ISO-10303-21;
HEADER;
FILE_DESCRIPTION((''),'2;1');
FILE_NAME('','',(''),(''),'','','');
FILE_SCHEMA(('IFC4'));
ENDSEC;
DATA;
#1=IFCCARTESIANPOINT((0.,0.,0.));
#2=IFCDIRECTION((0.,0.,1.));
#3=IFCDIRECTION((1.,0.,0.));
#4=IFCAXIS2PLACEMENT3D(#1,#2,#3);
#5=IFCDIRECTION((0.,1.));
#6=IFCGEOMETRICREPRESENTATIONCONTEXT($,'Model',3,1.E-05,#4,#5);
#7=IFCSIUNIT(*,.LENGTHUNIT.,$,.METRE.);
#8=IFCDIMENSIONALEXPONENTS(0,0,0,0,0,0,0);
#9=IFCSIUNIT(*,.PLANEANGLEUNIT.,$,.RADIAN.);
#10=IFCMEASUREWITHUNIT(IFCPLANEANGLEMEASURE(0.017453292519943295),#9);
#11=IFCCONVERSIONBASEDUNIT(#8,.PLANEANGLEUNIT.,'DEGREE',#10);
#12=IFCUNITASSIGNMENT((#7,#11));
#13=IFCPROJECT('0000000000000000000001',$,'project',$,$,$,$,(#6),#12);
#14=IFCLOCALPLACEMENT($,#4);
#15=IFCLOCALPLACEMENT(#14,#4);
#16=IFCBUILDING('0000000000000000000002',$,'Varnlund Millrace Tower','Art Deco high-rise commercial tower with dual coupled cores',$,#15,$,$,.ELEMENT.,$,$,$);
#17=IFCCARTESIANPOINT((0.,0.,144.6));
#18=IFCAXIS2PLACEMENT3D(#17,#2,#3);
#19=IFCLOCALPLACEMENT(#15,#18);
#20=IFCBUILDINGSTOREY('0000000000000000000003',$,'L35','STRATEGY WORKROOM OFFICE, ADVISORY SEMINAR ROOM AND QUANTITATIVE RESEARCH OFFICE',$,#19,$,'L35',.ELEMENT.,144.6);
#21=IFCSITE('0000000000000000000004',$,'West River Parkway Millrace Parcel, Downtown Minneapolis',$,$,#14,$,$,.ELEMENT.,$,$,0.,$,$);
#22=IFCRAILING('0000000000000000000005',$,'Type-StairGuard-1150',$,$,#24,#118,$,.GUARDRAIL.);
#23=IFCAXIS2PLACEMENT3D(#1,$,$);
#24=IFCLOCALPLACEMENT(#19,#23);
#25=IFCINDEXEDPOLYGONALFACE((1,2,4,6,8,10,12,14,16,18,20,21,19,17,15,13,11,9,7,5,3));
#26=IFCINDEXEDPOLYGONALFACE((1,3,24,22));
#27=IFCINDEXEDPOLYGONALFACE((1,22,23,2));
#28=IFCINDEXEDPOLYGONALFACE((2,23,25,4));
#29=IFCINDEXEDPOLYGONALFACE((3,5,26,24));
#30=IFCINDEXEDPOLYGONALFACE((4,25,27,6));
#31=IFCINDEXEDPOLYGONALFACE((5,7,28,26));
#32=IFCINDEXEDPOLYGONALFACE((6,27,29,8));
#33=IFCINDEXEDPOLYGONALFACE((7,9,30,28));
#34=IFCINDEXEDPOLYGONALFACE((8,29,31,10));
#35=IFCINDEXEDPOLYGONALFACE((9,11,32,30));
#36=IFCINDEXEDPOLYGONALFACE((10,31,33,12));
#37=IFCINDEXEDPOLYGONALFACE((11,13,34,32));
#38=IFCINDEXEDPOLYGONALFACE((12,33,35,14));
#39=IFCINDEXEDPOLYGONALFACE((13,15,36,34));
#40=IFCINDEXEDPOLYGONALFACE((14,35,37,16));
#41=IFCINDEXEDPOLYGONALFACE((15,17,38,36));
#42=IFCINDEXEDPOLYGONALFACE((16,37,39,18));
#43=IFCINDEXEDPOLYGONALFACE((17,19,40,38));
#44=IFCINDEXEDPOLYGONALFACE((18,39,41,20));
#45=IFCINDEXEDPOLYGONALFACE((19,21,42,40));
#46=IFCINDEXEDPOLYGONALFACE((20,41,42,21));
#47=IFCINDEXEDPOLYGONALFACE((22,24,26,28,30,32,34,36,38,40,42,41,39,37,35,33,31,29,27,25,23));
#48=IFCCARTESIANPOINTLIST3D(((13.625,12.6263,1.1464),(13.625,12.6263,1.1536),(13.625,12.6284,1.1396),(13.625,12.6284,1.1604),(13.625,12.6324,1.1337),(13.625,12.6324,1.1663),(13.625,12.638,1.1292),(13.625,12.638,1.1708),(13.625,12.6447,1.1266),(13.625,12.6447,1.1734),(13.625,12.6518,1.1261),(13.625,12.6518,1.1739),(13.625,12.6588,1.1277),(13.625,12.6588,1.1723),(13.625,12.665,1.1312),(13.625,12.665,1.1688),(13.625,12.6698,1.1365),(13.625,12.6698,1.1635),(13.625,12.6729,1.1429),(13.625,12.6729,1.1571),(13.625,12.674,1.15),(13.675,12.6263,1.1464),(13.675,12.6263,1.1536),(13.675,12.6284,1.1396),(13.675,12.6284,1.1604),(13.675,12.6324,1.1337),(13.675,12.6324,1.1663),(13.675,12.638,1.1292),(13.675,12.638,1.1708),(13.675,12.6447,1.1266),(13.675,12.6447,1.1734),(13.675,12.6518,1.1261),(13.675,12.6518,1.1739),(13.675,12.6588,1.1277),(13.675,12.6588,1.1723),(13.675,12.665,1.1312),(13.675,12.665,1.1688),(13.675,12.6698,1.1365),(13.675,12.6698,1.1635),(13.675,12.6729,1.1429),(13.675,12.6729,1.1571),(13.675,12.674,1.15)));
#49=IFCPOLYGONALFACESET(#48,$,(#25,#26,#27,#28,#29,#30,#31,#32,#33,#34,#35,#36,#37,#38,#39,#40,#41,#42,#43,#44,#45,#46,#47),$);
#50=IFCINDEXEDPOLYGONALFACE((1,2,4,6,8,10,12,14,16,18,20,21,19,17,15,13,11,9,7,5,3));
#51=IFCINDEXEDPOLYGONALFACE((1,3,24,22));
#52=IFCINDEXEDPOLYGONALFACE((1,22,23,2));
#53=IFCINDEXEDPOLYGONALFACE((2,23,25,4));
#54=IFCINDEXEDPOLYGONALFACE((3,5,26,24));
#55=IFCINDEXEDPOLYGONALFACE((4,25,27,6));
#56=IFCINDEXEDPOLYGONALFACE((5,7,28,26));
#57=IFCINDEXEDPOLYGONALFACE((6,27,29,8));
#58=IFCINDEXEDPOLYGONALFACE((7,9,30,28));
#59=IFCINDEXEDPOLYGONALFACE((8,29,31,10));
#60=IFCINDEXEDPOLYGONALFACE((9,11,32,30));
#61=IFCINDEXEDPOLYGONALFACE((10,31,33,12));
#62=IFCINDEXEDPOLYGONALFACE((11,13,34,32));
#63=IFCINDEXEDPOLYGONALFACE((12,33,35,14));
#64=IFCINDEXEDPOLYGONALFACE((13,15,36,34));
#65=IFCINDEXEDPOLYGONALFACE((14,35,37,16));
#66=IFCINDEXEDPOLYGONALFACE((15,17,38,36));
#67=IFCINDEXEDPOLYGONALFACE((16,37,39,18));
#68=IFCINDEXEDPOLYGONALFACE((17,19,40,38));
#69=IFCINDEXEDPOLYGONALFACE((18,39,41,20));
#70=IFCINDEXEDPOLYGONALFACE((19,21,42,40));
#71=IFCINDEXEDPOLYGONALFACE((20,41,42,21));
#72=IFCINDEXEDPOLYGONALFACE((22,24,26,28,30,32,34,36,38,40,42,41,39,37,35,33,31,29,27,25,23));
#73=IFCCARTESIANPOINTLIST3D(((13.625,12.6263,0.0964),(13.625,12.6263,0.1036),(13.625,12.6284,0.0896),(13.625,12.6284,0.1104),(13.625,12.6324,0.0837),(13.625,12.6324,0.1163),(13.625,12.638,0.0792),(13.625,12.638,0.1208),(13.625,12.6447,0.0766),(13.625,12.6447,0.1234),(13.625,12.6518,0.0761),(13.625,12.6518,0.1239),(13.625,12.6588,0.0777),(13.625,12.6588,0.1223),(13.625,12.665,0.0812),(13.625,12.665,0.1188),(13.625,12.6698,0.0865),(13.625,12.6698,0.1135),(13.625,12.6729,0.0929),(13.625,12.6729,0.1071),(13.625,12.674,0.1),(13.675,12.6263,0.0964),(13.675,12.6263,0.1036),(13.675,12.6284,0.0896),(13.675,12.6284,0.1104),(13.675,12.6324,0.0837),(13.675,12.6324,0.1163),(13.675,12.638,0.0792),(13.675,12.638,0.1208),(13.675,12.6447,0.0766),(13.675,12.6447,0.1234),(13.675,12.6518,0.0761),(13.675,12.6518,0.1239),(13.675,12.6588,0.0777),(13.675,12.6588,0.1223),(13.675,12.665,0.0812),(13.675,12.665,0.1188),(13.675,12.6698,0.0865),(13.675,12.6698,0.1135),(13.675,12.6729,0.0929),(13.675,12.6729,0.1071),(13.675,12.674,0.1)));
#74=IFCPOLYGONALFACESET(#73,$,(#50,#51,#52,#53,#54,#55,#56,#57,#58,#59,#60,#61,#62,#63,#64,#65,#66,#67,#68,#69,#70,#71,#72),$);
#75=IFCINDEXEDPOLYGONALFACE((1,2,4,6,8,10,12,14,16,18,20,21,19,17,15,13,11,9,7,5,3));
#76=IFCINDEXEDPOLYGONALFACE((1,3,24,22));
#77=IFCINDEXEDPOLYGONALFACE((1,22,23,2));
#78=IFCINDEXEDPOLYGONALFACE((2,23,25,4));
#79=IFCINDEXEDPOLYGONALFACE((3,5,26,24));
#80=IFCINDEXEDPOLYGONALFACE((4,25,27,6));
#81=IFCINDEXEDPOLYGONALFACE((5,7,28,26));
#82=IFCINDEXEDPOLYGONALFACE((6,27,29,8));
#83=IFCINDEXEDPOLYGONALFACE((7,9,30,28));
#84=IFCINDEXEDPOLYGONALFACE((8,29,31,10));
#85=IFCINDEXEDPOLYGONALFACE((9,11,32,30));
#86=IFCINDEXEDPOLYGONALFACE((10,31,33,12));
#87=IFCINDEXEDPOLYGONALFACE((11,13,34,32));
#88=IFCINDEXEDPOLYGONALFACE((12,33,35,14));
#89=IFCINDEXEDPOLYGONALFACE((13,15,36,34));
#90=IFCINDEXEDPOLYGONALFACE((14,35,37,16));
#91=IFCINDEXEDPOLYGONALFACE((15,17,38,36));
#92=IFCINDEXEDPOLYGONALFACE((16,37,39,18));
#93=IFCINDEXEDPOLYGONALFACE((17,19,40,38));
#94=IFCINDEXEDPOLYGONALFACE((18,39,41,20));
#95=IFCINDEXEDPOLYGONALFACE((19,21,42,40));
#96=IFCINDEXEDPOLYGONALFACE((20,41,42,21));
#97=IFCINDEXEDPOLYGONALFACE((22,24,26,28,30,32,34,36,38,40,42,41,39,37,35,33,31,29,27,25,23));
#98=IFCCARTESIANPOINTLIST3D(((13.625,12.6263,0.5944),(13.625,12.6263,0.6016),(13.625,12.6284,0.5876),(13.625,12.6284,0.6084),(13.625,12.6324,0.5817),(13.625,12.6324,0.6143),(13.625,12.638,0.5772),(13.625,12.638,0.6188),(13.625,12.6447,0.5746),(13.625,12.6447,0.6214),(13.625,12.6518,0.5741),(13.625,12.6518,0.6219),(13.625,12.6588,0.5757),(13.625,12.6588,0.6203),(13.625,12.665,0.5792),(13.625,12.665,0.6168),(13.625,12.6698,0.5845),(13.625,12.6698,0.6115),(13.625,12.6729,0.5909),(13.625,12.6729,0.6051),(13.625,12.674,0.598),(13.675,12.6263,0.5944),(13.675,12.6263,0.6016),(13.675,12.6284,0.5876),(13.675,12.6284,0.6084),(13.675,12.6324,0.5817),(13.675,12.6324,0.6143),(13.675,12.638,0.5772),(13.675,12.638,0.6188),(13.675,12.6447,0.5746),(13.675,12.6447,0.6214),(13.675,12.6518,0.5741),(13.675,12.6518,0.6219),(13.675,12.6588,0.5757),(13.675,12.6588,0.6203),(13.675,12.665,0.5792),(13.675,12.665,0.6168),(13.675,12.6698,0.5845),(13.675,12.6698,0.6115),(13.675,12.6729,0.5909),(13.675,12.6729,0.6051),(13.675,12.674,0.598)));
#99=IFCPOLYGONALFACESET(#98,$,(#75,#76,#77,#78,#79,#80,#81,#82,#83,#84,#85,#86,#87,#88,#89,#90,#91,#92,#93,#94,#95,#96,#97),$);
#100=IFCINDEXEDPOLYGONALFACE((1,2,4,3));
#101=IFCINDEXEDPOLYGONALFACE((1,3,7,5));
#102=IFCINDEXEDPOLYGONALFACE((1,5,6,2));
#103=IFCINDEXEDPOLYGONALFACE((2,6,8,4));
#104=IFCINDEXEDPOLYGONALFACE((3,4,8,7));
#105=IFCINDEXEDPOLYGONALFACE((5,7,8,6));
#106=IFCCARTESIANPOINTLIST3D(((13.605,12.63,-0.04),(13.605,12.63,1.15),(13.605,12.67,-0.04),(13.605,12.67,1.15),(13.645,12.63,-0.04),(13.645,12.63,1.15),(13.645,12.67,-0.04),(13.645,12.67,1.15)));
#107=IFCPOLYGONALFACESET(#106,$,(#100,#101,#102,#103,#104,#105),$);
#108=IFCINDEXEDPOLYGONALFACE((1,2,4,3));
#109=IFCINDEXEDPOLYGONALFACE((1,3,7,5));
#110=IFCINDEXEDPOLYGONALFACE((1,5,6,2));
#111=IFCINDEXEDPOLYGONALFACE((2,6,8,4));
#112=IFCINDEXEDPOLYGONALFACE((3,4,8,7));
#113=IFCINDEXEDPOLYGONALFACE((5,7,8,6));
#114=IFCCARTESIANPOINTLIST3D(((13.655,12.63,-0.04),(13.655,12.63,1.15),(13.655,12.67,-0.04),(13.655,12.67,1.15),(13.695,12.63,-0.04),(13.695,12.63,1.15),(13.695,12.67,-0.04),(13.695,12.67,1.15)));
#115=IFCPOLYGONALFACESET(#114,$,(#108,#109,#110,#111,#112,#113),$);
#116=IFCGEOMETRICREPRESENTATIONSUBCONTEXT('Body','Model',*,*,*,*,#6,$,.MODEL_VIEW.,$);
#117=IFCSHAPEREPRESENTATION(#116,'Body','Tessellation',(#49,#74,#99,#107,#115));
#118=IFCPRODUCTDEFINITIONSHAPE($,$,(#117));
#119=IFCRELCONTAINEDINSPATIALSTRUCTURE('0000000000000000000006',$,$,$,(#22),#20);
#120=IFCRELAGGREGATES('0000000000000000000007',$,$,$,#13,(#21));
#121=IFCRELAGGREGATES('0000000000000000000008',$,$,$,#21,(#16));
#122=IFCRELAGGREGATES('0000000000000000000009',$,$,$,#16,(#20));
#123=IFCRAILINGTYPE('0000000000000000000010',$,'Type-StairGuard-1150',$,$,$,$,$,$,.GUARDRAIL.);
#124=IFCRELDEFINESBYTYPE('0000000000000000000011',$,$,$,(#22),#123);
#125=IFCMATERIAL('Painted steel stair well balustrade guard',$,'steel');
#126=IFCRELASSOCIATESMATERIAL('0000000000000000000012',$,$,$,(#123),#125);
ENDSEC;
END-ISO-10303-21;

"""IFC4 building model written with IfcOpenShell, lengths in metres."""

from ifc_helpers import new_model, entity, si_unit, converted_unit, direction, frame, origin_with_axes, origin_2d_with_axis, place, context, subcontext, project, spatial, rectangle, circle, extrude, material, type_object, element, save


model = new_model("IFC4")

# Units and contexts
model_context = context("Model", 3, precision=1e-05, world=origin_with_axes(), true_north=direction((0.0, 1.0)))
body_context = subcontext(model_context, "Body", "Model", "MODEL_VIEW")
ifc_project = project(units=[si_unit("LENGTHUNIT", "METRE"), converted_unit("PLANEANGLEUNIT", "DEGREE", entity("IfcPlaneAngleMeasure", 0.017453292519943295), si_unit("PLANEANGLEUNIT", "RADIAN"), dimensions=[0, 0, 0, 0, 0, 0, 0])], contexts=[model_context])

# Site, building, storey
site_placement = place(None, origin_with_axes())
site = spatial("IfcSite", under=ifc_project, at=site_placement, Name="West River Parkway Millrace Parcel, Downtown Minneapolis", CompositionType="ELEMENT", RefElevation=0.0)
building_placement = place(site_placement, origin_with_axes())
building = spatial("IfcBuilding", under=site, at=building_placement, Name="Varnlund Millrace Tower", Description="Art Deco high-rise commercial tower with dual coupled cores", CompositionType="ELEMENT")
storey_placement = place(building_placement, frame((0.0, 0.0, 144.6), z_axis=(0.0, 0.0, 1.0), x_axis=(1.0, 0.0, 0.0)))
storey = spatial("IfcBuildingStorey", under=building, at=storey_placement, Name="L35", Description="STRATEGY WORKROOM OFFICE, ADVISORY SEMINAR ROOM AND QUANTITATIVE RESEARCH OFFICE", LongName="L35", CompositionType="ELEMENT", Elevation=144.6)

# Railing
ifc_material_1 = material(Name="Painted steel stair well balustrade guard", Category="steel")
railing_type_1 = type_object("IfcRailingType", Name="Type-StairGuard-1150", PredefinedType="GUARDRAIL", material=ifc_material_1)
railing_1_placement = place(storey_placement, frame((0.0, 0.0, -144.6), z_axis=(0.0, 0.0, 1.0), x_axis=(1.0, 0.0, 0.0)))
element("IfcRailing", 1, at=railing_1_placement, inside=storey, type_object=railing_type_1, Name="Type-StairGuard-1150", PredefinedType="GUARDRAIL", context=body_context, shape_type="SweptSolid", body=[
    extrude(circle(Radius=0.024, at=origin_2d_with_axis()), frame((13.625, 12.65, 145.75), z_axis=(1.0, 0.0, 0.0), x_axis=(0.0, 1.0, 0.0)), (0.0, 0.0, 1.0), 0.05),
    extrude(circle(Radius=0.024, at=origin_2d_with_axis()), frame((13.625, 12.65, 144.7), z_axis=(1.0, 0.0, 0.0), x_axis=(0.0, 1.0, 0.0)), (0.0, 0.0, 1.0), 0.05),
    extrude(circle(Radius=0.024, at=origin_2d_with_axis()), frame((13.625, 12.65, 145.198), z_axis=(1.0, 0.0, 0.0), x_axis=(0.0, 1.0, 0.0)), (0.0, 0.0, 1.0), 0.05),
    extrude(rectangle(XDim=0.04, YDim=0.04, at=origin_2d_with_axis()), frame((13.625, 12.65, 144.56), z_axis=(0.0, 0.0, 1.0), x_axis=(1.0, 0.0, 0.0)), (0.0, 0.0, 1.0), 1.19),
    extrude(rectangle(XDim=0.04, YDim=0.04, at=origin_2d_with_axis()), frame((13.675, 12.65, 144.56), z_axis=(0.0, 0.0, 1.0), x_axis=(1.0, 0.0, 0.0)), (0.0, 0.0, 1.0), 1.19),
])

save(model, "model.ifc")
